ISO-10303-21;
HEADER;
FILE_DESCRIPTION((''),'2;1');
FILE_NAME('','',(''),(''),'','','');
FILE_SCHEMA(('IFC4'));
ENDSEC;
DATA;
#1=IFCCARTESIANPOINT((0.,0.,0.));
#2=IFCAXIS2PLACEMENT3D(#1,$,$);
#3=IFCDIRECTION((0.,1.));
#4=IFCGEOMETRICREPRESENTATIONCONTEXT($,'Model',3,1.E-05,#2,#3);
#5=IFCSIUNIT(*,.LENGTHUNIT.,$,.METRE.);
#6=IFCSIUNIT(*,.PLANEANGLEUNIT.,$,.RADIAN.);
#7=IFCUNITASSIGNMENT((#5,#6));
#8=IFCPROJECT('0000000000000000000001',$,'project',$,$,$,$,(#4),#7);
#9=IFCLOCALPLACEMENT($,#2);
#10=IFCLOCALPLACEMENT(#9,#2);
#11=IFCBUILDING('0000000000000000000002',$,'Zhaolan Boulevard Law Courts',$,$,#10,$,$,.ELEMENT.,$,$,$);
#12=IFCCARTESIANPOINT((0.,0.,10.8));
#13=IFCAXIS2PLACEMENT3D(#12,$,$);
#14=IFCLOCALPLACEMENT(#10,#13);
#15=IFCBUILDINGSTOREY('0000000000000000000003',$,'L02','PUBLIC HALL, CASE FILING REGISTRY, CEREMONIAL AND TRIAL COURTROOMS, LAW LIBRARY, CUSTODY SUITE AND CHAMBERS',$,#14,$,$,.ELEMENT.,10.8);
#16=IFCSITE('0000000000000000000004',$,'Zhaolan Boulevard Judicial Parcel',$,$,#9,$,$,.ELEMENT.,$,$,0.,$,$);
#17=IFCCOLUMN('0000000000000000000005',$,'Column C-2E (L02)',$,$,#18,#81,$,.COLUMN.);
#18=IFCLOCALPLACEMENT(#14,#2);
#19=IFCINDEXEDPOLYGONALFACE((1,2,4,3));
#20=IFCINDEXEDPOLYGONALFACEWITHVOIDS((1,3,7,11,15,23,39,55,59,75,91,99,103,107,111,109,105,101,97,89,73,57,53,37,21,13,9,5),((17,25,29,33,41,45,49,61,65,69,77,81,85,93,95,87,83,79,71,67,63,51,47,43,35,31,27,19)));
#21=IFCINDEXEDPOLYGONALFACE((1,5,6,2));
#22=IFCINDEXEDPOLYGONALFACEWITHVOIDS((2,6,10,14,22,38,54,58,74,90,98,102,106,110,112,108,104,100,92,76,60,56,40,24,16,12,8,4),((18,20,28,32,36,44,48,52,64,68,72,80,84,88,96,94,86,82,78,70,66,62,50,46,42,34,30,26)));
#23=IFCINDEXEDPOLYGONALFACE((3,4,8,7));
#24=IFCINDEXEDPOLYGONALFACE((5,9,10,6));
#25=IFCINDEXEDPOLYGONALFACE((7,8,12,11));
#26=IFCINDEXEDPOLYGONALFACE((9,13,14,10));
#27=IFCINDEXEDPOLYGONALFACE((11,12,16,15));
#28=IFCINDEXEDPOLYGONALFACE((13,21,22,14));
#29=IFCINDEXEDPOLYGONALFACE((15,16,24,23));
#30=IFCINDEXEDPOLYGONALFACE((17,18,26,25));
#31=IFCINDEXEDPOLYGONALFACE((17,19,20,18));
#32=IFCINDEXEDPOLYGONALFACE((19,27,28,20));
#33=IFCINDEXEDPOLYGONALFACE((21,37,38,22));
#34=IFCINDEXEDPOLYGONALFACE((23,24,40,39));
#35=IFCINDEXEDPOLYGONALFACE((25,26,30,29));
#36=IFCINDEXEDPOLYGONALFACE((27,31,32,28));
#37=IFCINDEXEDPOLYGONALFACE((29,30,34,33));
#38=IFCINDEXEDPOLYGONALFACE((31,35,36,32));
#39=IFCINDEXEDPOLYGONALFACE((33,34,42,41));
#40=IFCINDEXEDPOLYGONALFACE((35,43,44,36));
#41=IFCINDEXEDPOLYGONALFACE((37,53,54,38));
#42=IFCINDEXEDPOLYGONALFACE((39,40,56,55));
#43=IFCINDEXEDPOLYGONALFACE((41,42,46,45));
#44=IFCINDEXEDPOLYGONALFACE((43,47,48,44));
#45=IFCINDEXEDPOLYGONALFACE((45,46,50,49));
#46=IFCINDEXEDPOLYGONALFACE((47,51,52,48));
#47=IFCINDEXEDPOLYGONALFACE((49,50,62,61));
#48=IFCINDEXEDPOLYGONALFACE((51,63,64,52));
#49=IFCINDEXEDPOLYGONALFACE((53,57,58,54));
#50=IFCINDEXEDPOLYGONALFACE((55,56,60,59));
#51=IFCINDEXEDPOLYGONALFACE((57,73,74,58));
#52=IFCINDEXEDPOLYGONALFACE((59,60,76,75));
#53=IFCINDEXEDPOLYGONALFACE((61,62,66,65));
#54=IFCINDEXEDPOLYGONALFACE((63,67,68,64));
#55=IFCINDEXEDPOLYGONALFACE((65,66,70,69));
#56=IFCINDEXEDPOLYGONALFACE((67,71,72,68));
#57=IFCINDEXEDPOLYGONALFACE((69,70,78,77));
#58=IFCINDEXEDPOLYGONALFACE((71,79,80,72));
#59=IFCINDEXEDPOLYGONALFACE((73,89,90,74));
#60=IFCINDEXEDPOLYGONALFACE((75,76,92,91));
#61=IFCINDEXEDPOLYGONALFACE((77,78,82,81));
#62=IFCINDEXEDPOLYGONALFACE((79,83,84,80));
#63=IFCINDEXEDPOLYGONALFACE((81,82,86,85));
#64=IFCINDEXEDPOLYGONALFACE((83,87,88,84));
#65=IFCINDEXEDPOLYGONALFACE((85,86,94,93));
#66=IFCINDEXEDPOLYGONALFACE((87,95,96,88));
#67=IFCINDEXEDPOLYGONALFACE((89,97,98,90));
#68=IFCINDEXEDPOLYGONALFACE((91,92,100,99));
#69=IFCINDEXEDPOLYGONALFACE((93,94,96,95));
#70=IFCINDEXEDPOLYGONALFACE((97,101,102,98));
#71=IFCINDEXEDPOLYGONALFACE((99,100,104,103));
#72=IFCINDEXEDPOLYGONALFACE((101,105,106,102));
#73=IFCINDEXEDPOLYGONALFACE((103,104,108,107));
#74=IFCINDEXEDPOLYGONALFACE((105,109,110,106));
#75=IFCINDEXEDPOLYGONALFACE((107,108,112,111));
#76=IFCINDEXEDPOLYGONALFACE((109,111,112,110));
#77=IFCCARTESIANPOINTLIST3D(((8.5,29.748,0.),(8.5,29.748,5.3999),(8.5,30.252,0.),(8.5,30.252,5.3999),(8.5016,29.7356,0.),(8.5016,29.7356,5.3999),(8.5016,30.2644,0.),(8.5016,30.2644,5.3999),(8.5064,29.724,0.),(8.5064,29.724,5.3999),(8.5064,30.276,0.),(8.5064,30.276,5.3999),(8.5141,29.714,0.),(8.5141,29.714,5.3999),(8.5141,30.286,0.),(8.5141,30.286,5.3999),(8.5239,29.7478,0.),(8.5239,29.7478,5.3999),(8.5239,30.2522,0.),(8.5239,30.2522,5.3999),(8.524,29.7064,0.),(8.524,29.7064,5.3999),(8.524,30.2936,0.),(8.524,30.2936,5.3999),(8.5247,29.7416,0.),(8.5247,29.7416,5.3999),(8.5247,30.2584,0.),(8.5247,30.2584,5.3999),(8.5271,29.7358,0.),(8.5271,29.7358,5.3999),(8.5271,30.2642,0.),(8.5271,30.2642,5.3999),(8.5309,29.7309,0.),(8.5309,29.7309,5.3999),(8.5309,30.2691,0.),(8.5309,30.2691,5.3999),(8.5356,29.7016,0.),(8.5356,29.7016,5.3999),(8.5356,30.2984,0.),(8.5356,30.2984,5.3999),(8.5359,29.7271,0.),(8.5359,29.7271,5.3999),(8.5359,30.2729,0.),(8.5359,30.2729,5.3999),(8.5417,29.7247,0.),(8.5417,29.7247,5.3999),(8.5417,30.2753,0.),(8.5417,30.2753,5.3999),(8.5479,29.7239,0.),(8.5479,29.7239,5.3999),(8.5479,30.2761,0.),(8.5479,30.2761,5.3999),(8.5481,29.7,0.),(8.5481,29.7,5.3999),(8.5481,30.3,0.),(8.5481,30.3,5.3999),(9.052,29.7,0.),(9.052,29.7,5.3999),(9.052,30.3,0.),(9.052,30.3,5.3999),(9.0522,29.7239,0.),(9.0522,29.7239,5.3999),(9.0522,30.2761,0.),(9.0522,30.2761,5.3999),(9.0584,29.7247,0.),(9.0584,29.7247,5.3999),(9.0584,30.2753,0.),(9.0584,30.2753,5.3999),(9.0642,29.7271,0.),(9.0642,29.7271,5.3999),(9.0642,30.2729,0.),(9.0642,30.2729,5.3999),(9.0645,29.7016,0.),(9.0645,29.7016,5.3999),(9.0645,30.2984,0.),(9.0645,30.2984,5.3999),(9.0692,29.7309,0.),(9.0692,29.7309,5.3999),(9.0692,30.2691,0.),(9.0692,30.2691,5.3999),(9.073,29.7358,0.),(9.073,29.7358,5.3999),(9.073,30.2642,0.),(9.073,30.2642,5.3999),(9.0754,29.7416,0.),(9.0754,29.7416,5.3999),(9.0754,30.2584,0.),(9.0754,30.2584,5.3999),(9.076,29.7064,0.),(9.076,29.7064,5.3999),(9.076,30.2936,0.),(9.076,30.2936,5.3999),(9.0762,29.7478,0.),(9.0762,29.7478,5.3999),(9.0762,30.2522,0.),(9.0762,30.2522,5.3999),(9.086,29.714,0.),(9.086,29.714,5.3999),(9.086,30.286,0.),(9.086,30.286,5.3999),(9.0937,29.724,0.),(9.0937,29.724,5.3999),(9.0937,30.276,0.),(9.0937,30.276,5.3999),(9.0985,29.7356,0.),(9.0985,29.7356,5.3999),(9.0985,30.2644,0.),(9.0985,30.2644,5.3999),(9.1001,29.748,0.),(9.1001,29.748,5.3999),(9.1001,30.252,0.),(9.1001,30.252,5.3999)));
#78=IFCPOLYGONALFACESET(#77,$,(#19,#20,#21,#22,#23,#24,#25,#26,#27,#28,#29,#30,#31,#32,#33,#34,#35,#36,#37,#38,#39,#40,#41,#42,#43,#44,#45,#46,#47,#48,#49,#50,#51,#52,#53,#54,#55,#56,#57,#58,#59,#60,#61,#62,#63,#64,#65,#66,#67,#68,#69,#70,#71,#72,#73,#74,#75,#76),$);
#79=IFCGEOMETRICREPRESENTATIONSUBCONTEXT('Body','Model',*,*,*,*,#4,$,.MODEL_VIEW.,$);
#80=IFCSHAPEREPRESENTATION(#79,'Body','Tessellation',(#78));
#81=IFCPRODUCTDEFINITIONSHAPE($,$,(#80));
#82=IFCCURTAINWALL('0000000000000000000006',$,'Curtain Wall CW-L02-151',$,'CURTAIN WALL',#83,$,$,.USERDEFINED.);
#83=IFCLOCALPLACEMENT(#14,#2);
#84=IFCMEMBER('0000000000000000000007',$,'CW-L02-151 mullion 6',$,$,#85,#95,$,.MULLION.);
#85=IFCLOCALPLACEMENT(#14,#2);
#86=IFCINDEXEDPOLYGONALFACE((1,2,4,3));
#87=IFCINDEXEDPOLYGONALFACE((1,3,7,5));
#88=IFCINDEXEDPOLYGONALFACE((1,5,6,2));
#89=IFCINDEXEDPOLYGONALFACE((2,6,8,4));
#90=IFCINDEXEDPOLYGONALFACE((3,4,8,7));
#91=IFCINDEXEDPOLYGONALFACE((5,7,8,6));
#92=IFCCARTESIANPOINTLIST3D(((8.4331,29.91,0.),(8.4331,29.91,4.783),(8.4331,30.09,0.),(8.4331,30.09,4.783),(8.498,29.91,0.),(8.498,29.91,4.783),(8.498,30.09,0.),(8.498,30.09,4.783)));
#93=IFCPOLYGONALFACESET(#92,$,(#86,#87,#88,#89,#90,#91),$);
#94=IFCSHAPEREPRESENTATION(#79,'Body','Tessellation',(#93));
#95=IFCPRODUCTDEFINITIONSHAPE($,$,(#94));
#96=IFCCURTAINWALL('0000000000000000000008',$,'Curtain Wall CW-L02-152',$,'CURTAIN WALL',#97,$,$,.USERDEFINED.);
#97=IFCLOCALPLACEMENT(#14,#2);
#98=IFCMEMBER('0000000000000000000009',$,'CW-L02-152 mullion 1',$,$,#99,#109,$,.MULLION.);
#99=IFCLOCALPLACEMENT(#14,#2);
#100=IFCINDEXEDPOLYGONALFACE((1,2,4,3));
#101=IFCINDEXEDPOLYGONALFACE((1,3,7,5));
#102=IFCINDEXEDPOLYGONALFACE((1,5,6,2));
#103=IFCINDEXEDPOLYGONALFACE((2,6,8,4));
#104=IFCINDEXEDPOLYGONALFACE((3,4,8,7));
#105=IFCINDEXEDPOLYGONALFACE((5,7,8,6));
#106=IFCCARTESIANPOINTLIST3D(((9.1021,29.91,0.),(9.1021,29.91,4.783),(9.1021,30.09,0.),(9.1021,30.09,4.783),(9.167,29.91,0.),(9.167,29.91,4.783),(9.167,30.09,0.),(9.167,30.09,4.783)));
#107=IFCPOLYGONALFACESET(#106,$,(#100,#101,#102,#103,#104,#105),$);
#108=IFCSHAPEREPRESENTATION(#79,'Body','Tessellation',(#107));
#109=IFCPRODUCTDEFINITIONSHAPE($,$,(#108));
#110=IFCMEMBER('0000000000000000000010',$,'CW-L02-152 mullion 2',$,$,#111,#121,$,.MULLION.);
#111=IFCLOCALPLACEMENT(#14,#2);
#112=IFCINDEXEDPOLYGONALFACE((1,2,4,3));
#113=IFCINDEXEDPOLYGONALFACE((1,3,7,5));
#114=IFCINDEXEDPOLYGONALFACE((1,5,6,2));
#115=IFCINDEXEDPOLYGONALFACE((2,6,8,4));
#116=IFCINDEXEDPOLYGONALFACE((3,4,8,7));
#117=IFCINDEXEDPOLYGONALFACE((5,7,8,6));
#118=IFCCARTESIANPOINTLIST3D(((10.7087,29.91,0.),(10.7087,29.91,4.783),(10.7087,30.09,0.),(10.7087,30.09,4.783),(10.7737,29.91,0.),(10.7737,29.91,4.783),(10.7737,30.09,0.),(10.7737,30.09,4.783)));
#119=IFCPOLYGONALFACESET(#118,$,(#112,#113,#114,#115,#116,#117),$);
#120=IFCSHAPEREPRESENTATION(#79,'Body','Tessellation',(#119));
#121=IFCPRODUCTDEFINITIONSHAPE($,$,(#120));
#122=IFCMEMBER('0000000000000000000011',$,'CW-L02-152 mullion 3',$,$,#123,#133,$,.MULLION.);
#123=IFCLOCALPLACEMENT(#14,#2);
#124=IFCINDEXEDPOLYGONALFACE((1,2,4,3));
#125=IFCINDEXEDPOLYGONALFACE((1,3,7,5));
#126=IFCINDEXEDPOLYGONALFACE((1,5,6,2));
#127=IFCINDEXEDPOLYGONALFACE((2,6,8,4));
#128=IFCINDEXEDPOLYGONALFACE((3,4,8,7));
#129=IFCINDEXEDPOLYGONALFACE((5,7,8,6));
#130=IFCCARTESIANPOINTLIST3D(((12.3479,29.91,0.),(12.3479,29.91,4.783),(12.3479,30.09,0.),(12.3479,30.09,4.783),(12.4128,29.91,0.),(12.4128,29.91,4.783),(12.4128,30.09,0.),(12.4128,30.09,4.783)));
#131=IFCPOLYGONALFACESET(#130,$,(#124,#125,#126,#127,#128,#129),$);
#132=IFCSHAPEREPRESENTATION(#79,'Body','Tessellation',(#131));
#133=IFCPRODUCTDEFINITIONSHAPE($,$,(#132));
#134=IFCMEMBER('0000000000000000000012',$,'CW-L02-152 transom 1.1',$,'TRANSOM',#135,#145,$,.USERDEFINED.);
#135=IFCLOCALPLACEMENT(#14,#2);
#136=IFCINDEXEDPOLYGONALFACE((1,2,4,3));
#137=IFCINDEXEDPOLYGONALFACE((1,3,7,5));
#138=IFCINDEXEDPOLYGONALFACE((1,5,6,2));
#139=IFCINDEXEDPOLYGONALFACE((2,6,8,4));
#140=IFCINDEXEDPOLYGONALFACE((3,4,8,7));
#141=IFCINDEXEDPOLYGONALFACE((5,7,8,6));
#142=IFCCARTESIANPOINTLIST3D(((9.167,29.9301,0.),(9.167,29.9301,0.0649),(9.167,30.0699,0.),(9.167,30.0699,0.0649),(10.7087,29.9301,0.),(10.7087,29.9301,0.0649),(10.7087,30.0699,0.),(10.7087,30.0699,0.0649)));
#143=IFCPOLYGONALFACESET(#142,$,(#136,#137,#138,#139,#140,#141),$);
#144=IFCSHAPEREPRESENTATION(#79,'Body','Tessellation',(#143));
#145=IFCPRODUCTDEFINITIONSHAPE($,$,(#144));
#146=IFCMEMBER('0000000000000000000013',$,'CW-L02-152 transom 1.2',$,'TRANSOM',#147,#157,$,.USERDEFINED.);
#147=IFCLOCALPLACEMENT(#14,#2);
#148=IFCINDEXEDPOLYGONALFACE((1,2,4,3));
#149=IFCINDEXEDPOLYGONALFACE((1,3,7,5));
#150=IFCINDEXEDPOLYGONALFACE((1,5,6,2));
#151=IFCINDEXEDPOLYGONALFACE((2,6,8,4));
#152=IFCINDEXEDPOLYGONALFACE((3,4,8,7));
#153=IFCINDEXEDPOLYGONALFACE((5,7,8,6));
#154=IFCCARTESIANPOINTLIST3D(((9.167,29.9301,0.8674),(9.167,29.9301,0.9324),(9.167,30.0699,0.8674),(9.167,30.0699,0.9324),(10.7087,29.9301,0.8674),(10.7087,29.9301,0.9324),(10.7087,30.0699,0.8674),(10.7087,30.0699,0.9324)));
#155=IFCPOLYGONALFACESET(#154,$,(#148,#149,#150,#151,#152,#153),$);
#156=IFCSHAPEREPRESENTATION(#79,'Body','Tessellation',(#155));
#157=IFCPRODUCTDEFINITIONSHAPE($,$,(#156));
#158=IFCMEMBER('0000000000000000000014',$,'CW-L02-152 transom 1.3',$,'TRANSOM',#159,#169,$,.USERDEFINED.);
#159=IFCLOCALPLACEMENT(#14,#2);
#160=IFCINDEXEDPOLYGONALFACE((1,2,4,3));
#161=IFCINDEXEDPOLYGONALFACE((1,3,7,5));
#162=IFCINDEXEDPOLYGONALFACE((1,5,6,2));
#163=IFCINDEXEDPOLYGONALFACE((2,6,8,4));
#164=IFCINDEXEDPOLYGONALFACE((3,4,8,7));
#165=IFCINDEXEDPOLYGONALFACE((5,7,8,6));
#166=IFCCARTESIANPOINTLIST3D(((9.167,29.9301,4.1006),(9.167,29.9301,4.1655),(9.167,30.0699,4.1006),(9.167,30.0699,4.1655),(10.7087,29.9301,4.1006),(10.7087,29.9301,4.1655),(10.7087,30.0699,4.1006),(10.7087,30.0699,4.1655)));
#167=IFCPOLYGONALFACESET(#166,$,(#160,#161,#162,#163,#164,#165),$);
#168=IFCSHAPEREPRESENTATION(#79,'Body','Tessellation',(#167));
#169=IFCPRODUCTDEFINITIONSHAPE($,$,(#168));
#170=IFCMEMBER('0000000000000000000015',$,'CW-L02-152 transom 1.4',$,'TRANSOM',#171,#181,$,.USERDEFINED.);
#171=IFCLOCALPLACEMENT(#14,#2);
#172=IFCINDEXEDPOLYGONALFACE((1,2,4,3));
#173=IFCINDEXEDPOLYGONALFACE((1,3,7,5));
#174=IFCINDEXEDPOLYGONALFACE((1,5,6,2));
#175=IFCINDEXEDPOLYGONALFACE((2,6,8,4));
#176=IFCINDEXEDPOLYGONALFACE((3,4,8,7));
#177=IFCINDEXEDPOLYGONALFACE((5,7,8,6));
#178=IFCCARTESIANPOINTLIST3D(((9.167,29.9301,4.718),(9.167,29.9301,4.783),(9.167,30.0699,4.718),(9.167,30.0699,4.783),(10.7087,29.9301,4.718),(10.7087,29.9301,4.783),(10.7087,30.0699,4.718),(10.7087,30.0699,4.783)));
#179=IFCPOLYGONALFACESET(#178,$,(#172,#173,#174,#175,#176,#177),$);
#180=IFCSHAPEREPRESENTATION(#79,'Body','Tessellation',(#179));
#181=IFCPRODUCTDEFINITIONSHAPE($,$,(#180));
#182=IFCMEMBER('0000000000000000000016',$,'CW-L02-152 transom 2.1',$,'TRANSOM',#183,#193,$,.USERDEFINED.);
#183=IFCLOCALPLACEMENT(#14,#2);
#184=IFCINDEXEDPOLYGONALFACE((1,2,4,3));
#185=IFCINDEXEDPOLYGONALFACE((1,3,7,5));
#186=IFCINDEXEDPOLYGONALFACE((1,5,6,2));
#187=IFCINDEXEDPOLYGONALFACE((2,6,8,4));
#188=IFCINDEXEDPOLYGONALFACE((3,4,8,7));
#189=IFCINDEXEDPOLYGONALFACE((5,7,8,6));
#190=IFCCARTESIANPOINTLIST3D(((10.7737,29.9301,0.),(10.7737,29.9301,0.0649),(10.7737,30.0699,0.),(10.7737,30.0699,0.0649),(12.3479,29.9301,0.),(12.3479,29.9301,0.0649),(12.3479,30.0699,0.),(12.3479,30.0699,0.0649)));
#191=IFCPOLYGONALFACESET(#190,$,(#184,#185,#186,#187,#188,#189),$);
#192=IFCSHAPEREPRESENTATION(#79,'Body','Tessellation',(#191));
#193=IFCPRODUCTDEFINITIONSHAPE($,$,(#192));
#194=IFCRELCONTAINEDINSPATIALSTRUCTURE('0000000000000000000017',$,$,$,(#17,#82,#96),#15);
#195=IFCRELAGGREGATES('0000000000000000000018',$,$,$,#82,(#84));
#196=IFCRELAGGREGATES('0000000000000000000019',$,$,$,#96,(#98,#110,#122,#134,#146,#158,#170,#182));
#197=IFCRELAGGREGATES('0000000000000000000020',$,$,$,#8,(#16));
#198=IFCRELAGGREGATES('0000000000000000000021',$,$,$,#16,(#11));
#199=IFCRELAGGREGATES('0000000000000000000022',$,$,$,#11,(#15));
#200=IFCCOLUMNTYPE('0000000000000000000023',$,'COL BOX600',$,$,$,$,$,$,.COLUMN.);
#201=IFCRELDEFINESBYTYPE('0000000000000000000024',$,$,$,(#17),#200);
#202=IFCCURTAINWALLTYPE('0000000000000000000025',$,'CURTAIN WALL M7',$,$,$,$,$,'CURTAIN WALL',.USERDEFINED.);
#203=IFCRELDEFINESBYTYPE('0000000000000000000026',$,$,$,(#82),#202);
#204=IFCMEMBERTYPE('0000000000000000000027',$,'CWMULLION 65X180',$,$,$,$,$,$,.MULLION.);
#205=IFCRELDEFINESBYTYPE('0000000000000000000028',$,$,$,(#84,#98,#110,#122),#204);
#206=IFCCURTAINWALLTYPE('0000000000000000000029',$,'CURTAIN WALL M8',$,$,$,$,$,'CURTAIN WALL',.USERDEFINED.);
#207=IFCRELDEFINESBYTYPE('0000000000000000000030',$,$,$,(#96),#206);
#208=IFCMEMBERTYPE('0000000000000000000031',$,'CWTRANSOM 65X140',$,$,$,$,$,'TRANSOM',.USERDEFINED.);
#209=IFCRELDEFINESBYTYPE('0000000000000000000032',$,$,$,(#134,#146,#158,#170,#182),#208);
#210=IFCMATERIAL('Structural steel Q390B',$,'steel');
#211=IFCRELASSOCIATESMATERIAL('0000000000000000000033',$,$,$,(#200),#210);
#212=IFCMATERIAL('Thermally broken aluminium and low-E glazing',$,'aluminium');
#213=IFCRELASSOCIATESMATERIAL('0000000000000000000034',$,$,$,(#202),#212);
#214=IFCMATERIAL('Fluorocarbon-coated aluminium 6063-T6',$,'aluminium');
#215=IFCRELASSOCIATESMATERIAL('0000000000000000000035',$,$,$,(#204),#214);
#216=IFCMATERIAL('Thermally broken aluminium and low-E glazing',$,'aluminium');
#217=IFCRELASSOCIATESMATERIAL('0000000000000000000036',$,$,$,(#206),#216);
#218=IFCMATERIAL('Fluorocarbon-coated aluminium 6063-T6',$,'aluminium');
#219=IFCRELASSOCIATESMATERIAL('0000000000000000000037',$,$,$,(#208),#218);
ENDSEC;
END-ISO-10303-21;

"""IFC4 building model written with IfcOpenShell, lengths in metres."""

from ifc_helpers import new_model, si_unit, direction, frame, origin, origin_2d, place, context, subcontext, project, spatial, rectangle, hollow_rectangle, extrude, material, material_profile, profile_set, type_object, element, aggregate, save


model = new_model("IFC4")

# Units and contexts
model_context = context("Model", 3, precision=1e-05, world=origin(), true_north=direction((0.0, 1.0)))
body_context = subcontext(model_context, "Body", "Model", "MODEL_VIEW")
ifc_project = project(units=[si_unit("LENGTHUNIT", "METRE"), si_unit("PLANEANGLEUNIT", "RADIAN")], contexts=[model_context])

# Site, building, storey
site_placement = place(None, origin())
site = spatial("IfcSite", under=ifc_project, at=site_placement, Name="Zhaolan Boulevard Judicial Parcel", CompositionType="ELEMENT", RefElevation=0.0)
building_placement = place(site_placement, origin())
building = spatial("IfcBuilding", under=site, at=building_placement, Name="Zhaolan Boulevard Law Courts", CompositionType="ELEMENT")
storey_placement = place(building_placement, frame((0.0, 0.0, 10.8)))
storey = spatial("IfcBuildingStorey", under=building, at=storey_placement, Name="L02", Description="PUBLIC HALL, CASE FILING REGISTRY, CEREMONIAL AND TRIAL COURTROOMS, LAW LIBRARY, CUSTODY SUITE AND CHAMBERS", CompositionType="ELEMENT", Elevation=10.8)

# Column
ifc_material_1 = material(Name="Structural steel Q390B", Category="steel")
ifc_material_profile_1 = material_profile(ifc_material_1, hollow_rectangle(XDim=0.6001, YDim=0.6001, WallThickness=0.0239, InnerFilletRadius=0.0239, OuterFilletRadius=0.0481, at=origin_2d()), Name="BOX600x600x24")
ifc_profile_set_1 = profile_set([ifc_material_profile_1], Name="Structural steel Q390B")
column_type = type_object("IfcColumnType", Name="COL BOX600", PredefinedType="COLUMN", material=ifc_profile_set_1)
column_placement = place(storey_placement, frame((8.8, 30.0, 0.0), z_axis=(0.0, 0.0, 1.0), x_axis=(1.0, 0.0, 0.0)))
element("IfcColumn", 1, at=column_placement, inside=storey, type_object=column_type, Name="Column C-2E (L02)", PredefinedType="COLUMN", context=body_context, shape_type="SweptSolid", body=[
    extrude(hollow_rectangle(XDim=0.6001, YDim=0.6001, WallThickness=0.0239, InnerFilletRadius=0.0239, OuterFilletRadius=0.0481, at=origin_2d()), origin(), (0.0, 0.0, 1.0), 5.3999),
])

# Curtain wall, member
ifc_material_2 = material(Name="Thermally broken aluminium and low-E glazing", Category="aluminium")
curtain_wall_type_1 = type_object("IfcCurtainWallType", Name="CURTAIN WALL M7", ElementType="CURTAIN WALL", PredefinedType="USERDEFINED", material=ifc_material_2)
curtain_wall_1_placement = place(storey_placement, origin())
curtain_wall_1 = element("IfcCurtainWall", 2, at=curtain_wall_1_placement, inside=storey, type_object=curtain_wall_type_1, Name="Curtain Wall CW-L02-151", ObjectType="CURTAIN WALL", PredefinedType="USERDEFINED")
ifc_material_3 = material(Name="Fluorocarbon-coated aluminium 6063-T6", Category="aluminium")
ifc_material_profile_2 = material_profile(ifc_material_3, rectangle(XDim=0.1799, YDim=0.0649, at=origin_2d()), Name="AL65x180")
ifc_profile_set_2 = profile_set([ifc_material_profile_2], Name="Fluorocarbon-coated aluminium 6063-T6")
member_type_1 = type_object("IfcMemberType", Name="CWMULLION 65X180", PredefinedType="MULLION", material=ifc_profile_set_2)
member_1_placement = place(storey_placement, frame((8.4656, 30.0, 0.0), z_axis=(0.0, 0.0, 1.0), x_axis=(0.0, 1.0, 0.0)))
member_1 = element("IfcMember", 3, at=member_1_placement, type_object=member_type_1, Name="CW-L02-151 mullion 6", PredefinedType="MULLION", context=body_context, shape_type="SweptSolid", body=[
    extrude(rectangle(XDim=0.1799, YDim=0.0649, at=origin_2d()), origin(), (0.0, 0.0, 1.0), 4.783),
])
aggregate(curtain_wall_1, [member_1])

# Curtain wall, members
ifc_material_4 = material(Name="Thermally broken aluminium and low-E glazing", Category="aluminium")
curtain_wall_type_2 = type_object("IfcCurtainWallType", Name="CURTAIN WALL M8", ElementType="CURTAIN WALL", PredefinedType="USERDEFINED", material=ifc_material_4)
curtain_wall_2_placement = place(storey_placement, origin())
curtain_wall_2 = element("IfcCurtainWall", 4, at=curtain_wall_2_placement, inside=storey, type_object=curtain_wall_type_2, Name="Curtain Wall CW-L02-152", ObjectType="CURTAIN WALL", PredefinedType="USERDEFINED")
member_2_placement = place(storey_placement, frame((9.1345, 30.0, 0.0), z_axis=(0.0, 0.0, 1.0), x_axis=(0.0, 1.0, 0.0)))
member_2 = element("IfcMember", 5, at=member_2_placement, type_object=member_type_1, Name="CW-L02-152 mullion 1", PredefinedType="MULLION", context=body_context, shape_type="SweptSolid", body=[
    extrude(rectangle(XDim=0.1799, YDim=0.0649, at=origin_2d()), origin(), (0.0, 0.0, 1.0), 4.783),
])
member_3_placement = place(storey_placement, frame((10.7412, 30.0, 0.0), z_axis=(0.0, 0.0, 1.0), x_axis=(0.0, 1.0, 0.0)))
member_3 = element("IfcMember", 6, at=member_3_placement, type_object=member_type_1, Name="CW-L02-152 mullion 2", PredefinedType="MULLION", context=body_context, shape_type="SweptSolid", body=[
    extrude(rectangle(XDim=0.1799, YDim=0.0649, at=origin_2d()), origin(), (0.0, 0.0, 1.0), 4.783),
])
member_4_placement = place(storey_placement, frame((12.3804, 30.0, 0.0), z_axis=(0.0, 0.0, 1.0), x_axis=(0.0, 1.0, 0.0)))
member_4 = element("IfcMember", 7, at=member_4_placement, type_object=member_type_1, Name="CW-L02-152 mullion 3", PredefinedType="MULLION", context=body_context, shape_type="SweptSolid", body=[
    extrude(rectangle(XDim=0.1799, YDim=0.0649, at=origin_2d()), origin(), (0.0, 0.0, 1.0), 4.783),
])
ifc_material_5 = material(Name="Fluorocarbon-coated aluminium 6063-T6", Category="aluminium")
ifc_material_profile_3 = material_profile(ifc_material_5, rectangle(XDim=0.1399, YDim=0.0649, at=origin_2d()), Name="AL65x140")
ifc_profile_set_3 = profile_set([ifc_material_profile_3], Name="Fluorocarbon-coated aluminium 6063-T6")
member_type_2 = type_object("IfcMemberType", Name="CWTRANSOM 65X140", ElementType="TRANSOM", PredefinedType="USERDEFINED", material=ifc_profile_set_3)
member_5_placement = place(storey_placement, frame((9.167, 30.0, 0.0325), z_axis=(1.0, 0.0, 0.0), x_axis=(0.0, 1.0, 0.0)))
member_5 = element("IfcMember", 8, at=member_5_placement, type_object=member_type_2, Name="CW-L02-152 transom 1.1", ObjectType="TRANSOM", PredefinedType="USERDEFINED", context=body_context, shape_type="SweptSolid", body=[
    extrude(rectangle(XDim=0.1399, YDim=0.0649, at=origin_2d()), origin(), (0.0, 0.0, 1.0), 1.5417),
])
member_6_placement = place(storey_placement, frame((9.167, 30.0, 0.8999), z_axis=(1.0, 0.0, 0.0), x_axis=(0.0, 1.0, 0.0)))
member_6 = element("IfcMember", 9, at=member_6_placement, type_object=member_type_2, Name="CW-L02-152 transom 1.2", ObjectType="TRANSOM", PredefinedType="USERDEFINED", context=body_context, shape_type="SweptSolid", body=[
    extrude(rectangle(XDim=0.1399, YDim=0.0649, at=origin_2d()), origin(), (0.0, 0.0, 1.0), 1.5417),
])
member_7_placement = place(storey_placement, frame((9.167, 30.0, 4.1331), z_axis=(1.0, 0.0, 0.0), x_axis=(0.0, 1.0, 0.0)))
member_7 = element("IfcMember", 10, at=member_7_placement, type_object=member_type_2, Name="CW-L02-152 transom 1.3", ObjectType="TRANSOM", PredefinedType="USERDEFINED", context=body_context, shape_type="SweptSolid", body=[
    extrude(rectangle(XDim=0.1399, YDim=0.0649, at=origin_2d()), origin(), (0.0, 0.0, 1.0), 1.5417),
])
member_8_placement = place(storey_placement, frame((9.167, 30.0, 4.7505), z_axis=(1.0, 0.0, 0.0), x_axis=(0.0, 1.0, 0.0)))
member_8 = element("IfcMember", 11, at=member_8_placement, type_object=member_type_2, Name="CW-L02-152 transom 1.4", ObjectType="TRANSOM", PredefinedType="USERDEFINED", context=body_context, shape_type="SweptSolid", body=[
    extrude(rectangle(XDim=0.1399, YDim=0.0649, at=origin_2d()), origin(), (0.0, 0.0, 1.0), 1.5417),
])
member_9_placement = place(storey_placement, frame((10.7737, 30.0, 0.0325), z_axis=(1.0, 0.0, 0.0), x_axis=(0.0, 1.0, 0.0)))
member_9 = element("IfcMember", 12, at=member_9_placement, type_object=member_type_2, Name="CW-L02-152 transom 2.1", ObjectType="TRANSOM", PredefinedType="USERDEFINED", context=body_context, shape_type="SweptSolid", body=[
    extrude(rectangle(XDim=0.1399, YDim=0.0649, at=origin_2d()), origin(), (0.0, 0.0, 1.0), 1.5742),
])

aggregate(curtain_wall_2, [member_2, member_3, member_4, member_5, member_6, member_7, member_8, member_9])

save(model, "model.ifc")
